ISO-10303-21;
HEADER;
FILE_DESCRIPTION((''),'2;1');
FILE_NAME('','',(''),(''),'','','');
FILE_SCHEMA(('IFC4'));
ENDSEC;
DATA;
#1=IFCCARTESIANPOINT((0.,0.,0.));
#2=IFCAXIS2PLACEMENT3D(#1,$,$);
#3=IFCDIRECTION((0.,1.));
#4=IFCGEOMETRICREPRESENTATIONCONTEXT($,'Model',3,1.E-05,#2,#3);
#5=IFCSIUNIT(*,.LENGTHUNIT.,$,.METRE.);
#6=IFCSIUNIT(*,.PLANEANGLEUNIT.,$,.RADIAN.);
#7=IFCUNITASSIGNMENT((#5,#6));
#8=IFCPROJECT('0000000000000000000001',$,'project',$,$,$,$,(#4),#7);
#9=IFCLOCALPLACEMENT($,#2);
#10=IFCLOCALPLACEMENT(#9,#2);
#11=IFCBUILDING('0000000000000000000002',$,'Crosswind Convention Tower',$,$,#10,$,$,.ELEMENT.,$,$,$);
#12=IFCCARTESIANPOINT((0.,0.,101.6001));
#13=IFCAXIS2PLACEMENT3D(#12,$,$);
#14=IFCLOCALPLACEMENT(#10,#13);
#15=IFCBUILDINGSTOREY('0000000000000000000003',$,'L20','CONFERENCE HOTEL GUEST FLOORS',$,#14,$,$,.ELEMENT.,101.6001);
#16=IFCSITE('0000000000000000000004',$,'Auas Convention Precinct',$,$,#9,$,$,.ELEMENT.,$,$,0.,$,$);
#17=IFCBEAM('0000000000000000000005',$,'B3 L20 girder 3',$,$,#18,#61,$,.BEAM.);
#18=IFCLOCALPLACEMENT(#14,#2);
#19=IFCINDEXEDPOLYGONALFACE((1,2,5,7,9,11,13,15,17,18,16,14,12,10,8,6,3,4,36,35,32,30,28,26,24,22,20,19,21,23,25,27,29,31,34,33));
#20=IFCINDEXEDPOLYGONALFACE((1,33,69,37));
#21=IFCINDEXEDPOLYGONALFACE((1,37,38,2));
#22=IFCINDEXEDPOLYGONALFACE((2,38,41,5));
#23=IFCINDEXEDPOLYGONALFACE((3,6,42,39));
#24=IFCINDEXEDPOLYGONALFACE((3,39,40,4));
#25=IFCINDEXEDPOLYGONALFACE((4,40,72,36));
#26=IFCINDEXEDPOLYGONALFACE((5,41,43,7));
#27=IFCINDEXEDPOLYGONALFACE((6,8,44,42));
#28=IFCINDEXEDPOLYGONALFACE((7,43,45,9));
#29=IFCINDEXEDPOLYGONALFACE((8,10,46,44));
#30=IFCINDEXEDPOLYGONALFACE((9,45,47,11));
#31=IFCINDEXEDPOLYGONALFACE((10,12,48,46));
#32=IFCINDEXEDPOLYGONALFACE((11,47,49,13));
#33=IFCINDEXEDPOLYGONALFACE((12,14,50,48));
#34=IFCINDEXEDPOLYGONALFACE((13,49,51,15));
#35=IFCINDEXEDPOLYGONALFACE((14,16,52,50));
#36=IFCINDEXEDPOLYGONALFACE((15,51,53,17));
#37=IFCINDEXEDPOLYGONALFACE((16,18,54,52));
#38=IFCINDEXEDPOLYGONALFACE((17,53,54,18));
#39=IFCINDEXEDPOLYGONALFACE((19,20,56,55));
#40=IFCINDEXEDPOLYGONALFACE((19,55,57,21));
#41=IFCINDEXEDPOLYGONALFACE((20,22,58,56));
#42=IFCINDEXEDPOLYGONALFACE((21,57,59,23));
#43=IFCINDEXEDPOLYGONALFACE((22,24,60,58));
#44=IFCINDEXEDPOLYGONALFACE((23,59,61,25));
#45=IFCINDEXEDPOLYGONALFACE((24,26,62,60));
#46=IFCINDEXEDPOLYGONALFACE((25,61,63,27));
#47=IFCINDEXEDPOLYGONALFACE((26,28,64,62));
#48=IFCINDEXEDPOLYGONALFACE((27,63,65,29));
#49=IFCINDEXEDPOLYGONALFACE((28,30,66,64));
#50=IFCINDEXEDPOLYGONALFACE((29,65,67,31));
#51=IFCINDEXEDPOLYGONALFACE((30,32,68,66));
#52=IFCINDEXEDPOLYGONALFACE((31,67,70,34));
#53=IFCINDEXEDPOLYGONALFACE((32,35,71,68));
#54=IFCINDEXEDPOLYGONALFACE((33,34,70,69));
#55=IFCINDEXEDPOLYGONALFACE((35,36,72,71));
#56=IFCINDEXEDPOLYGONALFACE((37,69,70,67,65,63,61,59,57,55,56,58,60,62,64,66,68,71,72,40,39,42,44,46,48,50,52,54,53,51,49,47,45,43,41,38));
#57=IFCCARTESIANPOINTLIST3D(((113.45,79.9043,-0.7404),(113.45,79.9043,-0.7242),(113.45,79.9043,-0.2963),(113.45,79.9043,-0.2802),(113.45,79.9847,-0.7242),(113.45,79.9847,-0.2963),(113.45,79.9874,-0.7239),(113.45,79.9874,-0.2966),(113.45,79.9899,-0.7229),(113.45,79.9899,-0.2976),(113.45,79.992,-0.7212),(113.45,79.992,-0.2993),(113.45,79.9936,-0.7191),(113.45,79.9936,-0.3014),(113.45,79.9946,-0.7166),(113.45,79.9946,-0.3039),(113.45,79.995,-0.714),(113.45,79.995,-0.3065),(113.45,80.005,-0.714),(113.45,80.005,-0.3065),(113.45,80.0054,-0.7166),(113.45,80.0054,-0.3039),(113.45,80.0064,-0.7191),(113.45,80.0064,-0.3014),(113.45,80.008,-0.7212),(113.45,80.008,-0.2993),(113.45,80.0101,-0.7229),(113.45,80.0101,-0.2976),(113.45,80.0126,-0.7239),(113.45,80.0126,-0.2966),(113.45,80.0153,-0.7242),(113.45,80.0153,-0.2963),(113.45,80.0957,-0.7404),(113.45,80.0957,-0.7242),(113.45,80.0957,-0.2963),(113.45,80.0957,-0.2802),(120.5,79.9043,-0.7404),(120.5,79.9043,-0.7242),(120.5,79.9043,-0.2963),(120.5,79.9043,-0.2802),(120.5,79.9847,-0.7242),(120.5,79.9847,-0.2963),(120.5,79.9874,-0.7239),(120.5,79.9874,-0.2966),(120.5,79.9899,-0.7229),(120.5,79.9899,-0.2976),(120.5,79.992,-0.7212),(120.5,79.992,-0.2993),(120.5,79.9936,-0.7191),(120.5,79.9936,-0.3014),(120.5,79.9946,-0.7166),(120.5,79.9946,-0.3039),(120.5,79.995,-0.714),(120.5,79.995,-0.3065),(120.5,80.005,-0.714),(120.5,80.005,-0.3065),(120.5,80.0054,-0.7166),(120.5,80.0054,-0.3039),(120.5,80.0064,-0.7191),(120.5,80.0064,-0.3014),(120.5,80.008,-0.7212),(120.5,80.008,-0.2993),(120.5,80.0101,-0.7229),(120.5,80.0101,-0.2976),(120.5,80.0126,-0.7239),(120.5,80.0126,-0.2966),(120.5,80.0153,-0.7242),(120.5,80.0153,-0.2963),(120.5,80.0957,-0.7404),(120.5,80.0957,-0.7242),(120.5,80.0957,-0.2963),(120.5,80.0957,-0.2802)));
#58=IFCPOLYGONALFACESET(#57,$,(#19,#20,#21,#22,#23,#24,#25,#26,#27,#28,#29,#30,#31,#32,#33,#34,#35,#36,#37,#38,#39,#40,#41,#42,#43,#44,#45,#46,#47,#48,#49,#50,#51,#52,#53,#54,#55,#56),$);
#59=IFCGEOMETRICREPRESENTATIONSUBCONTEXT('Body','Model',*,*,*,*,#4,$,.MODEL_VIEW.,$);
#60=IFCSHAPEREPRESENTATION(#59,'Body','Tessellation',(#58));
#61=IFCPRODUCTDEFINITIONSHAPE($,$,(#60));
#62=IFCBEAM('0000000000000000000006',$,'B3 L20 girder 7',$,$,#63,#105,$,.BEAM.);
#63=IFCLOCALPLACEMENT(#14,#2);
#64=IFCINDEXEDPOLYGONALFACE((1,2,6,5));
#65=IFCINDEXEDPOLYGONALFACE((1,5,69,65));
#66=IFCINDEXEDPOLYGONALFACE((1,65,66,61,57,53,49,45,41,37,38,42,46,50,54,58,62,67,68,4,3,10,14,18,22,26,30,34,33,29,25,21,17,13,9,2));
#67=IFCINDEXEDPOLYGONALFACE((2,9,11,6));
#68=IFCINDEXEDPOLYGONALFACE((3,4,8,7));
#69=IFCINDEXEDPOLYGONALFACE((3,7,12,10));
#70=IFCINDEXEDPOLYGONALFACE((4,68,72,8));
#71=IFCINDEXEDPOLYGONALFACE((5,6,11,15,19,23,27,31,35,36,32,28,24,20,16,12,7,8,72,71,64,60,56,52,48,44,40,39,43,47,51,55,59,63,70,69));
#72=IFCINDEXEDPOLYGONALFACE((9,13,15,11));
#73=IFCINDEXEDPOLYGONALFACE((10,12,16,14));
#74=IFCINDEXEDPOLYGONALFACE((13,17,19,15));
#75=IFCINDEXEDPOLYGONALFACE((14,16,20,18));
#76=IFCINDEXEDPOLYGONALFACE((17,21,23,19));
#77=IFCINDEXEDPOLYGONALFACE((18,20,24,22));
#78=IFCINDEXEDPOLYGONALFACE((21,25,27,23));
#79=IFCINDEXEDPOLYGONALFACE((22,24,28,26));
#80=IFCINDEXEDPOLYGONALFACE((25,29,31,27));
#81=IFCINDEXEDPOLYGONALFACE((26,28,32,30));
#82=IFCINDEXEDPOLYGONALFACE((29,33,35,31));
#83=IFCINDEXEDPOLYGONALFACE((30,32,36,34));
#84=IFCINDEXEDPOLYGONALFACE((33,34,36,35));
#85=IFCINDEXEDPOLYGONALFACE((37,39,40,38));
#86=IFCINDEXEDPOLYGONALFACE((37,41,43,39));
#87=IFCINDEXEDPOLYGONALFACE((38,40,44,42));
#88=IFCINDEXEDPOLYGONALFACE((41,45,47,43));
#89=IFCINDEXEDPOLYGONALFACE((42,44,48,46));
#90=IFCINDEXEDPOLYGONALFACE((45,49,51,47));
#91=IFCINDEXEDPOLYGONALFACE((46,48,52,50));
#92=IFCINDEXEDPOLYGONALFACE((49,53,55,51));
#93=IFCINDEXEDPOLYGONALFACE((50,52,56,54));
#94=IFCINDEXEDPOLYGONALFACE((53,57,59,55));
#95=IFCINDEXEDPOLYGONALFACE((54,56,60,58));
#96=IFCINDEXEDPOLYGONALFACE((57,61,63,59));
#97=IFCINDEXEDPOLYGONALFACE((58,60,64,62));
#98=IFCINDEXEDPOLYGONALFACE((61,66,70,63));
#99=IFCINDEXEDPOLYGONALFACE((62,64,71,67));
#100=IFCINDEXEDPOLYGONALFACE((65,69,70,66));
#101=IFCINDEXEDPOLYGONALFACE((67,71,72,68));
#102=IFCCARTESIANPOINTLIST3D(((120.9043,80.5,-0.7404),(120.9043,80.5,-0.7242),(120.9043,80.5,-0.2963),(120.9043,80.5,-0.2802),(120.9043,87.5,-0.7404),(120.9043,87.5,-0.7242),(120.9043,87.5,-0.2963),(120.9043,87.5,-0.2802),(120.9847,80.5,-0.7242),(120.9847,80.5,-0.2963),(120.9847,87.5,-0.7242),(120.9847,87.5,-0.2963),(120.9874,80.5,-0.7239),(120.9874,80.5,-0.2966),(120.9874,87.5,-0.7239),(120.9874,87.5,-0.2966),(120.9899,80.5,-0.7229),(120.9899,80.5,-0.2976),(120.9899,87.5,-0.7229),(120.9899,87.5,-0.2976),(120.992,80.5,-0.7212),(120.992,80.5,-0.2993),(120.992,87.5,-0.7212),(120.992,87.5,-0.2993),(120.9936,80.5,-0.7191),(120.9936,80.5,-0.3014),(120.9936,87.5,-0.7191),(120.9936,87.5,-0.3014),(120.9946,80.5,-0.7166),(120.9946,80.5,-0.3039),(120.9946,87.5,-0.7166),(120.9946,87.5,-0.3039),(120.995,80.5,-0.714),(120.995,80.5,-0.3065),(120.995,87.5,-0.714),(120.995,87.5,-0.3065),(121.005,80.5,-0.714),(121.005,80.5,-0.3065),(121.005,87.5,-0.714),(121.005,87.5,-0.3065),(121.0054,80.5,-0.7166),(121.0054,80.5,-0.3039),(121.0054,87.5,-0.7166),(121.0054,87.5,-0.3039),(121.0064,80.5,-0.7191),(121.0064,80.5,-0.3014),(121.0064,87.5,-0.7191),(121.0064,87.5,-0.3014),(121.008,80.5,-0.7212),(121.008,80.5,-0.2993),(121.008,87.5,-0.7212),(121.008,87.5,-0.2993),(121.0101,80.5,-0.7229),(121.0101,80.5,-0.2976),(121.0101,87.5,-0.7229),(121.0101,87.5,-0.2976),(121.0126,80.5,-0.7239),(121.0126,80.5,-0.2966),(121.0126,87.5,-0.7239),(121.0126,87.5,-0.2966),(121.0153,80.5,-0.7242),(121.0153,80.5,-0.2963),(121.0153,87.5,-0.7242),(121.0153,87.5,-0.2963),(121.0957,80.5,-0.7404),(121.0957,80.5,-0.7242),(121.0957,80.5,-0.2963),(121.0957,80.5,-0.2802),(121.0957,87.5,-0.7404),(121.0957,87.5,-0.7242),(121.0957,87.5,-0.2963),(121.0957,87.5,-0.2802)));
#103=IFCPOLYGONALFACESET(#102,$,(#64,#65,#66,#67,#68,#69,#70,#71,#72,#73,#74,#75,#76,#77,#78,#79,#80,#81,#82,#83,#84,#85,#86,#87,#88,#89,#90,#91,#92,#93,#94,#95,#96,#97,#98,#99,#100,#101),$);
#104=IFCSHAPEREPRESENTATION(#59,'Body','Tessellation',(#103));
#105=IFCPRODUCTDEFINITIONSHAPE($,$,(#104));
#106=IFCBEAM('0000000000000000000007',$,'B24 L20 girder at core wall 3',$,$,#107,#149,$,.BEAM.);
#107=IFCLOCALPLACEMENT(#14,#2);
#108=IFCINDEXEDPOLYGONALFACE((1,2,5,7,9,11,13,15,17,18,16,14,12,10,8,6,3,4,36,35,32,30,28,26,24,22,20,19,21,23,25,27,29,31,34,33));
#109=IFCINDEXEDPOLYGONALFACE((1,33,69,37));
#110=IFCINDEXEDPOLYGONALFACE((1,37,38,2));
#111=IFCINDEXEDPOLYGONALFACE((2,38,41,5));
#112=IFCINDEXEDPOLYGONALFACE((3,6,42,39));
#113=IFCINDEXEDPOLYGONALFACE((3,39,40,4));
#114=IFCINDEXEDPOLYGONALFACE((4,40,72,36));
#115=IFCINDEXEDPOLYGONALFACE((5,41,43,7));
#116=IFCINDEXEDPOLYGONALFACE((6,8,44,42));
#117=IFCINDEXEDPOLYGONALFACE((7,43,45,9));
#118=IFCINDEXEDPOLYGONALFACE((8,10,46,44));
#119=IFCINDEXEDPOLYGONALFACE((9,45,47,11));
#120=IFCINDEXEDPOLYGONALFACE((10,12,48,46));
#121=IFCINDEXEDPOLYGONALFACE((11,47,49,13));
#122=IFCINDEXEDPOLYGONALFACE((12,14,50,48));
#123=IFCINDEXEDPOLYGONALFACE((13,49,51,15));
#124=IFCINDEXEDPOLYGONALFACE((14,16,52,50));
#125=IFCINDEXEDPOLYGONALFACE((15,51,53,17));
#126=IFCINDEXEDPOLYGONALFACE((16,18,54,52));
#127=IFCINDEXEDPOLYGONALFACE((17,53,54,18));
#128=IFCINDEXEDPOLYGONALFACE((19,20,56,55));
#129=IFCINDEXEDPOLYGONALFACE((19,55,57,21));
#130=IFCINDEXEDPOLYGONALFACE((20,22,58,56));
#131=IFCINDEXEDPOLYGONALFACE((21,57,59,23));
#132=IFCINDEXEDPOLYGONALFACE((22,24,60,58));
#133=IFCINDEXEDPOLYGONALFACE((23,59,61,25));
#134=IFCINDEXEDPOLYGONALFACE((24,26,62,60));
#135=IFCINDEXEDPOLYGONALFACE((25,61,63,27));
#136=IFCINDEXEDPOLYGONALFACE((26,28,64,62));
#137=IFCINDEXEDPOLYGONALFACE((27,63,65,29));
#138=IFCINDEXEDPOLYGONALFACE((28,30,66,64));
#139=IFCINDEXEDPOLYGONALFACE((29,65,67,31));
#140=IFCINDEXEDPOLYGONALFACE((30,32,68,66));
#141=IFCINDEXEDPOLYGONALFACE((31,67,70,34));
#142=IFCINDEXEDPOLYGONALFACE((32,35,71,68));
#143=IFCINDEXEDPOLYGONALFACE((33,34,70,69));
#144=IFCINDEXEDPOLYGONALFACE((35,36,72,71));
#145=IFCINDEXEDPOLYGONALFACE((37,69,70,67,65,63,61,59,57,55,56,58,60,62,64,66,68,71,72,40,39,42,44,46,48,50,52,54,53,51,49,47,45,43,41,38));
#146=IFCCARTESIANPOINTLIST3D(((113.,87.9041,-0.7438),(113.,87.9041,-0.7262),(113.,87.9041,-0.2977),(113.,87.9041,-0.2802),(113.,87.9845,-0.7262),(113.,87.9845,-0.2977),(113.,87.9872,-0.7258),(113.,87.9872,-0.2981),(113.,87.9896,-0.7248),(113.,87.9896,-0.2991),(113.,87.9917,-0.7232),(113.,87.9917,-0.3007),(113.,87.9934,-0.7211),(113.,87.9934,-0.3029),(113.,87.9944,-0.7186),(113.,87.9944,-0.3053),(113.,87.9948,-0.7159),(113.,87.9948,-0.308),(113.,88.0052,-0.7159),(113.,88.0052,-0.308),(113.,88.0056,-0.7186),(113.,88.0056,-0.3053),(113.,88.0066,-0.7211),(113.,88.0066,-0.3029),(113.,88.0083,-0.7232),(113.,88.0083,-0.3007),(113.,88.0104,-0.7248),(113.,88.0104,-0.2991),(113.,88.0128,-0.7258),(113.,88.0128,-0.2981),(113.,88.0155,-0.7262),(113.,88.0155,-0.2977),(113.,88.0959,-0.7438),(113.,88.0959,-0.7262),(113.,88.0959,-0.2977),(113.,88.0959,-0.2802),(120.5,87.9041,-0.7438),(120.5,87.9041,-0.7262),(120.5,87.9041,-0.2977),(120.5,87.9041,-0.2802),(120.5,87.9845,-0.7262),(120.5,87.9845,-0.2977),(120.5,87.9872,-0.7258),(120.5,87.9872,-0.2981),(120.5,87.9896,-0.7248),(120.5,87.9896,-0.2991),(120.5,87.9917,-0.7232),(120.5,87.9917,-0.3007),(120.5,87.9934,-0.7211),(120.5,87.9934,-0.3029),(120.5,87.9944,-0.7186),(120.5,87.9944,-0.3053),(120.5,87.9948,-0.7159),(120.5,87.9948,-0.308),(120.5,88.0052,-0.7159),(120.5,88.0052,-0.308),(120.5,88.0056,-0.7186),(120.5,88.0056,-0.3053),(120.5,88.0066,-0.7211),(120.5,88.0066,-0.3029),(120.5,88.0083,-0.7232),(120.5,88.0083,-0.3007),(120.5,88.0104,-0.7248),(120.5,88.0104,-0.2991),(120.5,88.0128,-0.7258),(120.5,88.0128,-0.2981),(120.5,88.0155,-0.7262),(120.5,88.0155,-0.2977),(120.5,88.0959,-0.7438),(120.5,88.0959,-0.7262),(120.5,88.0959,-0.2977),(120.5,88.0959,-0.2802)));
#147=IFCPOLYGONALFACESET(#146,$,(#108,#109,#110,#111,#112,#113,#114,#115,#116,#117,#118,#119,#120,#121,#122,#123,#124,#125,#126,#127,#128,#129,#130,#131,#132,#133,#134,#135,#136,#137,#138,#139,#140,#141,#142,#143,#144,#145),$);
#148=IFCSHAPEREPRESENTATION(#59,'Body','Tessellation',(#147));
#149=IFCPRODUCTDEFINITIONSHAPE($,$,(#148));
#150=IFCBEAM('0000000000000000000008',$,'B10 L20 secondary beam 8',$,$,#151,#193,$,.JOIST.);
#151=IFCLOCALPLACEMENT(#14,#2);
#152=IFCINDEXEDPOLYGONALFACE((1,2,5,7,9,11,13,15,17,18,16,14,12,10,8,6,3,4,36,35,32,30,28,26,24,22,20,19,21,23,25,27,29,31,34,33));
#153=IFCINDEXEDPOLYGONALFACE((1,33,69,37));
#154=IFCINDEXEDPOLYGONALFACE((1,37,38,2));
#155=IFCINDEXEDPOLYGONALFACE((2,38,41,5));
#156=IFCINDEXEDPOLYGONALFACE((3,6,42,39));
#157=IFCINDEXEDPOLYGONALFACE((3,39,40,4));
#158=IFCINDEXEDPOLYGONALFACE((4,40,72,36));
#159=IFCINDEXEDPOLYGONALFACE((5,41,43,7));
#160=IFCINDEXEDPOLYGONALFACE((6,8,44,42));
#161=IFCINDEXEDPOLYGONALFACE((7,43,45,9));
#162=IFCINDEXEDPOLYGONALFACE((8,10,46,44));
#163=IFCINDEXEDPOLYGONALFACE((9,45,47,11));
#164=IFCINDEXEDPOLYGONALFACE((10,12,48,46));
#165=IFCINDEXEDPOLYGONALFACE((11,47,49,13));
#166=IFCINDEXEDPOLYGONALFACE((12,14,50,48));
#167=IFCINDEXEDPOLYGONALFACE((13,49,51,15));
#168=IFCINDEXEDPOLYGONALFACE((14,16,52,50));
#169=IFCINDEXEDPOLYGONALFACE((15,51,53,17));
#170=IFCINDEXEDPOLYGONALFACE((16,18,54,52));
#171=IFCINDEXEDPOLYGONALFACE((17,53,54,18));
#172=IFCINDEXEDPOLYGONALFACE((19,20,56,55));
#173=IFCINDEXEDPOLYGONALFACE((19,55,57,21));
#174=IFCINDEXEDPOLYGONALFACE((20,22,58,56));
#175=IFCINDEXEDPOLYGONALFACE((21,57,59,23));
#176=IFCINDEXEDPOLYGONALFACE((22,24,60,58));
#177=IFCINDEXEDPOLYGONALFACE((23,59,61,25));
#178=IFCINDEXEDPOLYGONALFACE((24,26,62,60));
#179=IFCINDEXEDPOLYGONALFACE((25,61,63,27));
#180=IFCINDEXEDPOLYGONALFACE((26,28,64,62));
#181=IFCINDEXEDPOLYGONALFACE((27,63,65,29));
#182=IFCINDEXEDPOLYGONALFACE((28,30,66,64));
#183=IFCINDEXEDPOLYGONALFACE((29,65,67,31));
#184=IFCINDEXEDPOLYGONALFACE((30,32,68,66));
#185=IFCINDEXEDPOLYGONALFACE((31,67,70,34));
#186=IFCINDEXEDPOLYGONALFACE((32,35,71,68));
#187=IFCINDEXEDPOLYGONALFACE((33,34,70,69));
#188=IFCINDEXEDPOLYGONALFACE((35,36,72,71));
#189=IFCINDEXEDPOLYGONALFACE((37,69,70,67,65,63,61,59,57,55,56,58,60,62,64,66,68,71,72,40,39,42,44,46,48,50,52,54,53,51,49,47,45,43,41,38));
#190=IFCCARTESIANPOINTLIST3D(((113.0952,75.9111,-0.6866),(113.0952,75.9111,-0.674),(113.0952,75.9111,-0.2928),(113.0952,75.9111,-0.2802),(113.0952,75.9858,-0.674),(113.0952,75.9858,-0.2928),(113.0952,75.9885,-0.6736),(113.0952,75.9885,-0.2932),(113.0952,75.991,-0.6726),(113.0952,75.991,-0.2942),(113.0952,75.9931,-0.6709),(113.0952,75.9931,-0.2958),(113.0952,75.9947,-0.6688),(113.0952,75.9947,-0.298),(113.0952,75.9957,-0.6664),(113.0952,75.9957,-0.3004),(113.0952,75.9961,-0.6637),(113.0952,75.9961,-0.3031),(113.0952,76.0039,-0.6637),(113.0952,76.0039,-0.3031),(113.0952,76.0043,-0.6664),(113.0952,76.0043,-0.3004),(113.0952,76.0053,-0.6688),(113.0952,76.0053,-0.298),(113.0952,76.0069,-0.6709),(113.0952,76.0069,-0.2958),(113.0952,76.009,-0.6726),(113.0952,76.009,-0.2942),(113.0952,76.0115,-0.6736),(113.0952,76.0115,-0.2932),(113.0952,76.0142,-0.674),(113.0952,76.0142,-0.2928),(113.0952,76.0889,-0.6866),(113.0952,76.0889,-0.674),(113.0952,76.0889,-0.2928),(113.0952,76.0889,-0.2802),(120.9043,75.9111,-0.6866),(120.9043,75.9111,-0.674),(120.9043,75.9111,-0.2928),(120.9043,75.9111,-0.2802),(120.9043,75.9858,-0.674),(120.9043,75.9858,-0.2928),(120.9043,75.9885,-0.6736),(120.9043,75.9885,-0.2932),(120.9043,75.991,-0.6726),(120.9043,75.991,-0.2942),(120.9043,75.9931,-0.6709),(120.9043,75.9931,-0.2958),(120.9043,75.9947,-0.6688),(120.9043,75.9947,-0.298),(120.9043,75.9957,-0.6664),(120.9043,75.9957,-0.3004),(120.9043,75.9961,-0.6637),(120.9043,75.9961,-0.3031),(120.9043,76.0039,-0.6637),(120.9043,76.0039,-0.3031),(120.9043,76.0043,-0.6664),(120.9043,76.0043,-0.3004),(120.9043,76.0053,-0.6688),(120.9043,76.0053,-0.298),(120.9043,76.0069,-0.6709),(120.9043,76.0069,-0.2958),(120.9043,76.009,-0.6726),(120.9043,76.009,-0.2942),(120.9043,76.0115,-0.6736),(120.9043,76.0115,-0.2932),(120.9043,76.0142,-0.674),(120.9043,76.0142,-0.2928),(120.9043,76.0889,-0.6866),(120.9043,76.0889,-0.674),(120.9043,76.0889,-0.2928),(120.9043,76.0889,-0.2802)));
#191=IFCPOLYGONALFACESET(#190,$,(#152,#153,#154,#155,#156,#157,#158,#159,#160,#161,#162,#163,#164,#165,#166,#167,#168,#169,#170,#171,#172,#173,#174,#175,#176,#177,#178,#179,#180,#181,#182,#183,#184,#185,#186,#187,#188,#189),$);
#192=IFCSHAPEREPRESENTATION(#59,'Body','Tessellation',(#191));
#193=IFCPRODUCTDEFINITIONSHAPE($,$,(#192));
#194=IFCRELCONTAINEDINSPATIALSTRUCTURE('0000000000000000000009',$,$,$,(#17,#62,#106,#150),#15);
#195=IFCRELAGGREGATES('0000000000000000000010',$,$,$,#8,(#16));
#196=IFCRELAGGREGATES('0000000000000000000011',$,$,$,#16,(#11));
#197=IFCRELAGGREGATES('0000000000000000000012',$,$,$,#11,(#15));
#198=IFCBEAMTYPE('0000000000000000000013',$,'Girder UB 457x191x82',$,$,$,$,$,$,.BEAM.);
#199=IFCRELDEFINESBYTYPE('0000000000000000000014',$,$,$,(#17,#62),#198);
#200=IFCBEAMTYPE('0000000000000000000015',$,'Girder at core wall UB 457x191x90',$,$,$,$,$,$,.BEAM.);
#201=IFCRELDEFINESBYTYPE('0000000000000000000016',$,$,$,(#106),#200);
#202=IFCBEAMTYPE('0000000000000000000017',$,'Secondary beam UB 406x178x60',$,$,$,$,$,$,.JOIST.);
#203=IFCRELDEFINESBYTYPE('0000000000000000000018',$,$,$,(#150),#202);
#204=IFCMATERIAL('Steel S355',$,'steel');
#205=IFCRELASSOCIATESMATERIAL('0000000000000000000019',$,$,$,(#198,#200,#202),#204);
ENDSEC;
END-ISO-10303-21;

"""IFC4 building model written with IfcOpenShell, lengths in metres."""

from ifc_helpers import new_model, si_unit, direction, frame, origin, origin_2d, place, context, subcontext, project, spatial, i_section, extrude, material, material_profile, profile_set, type_object, element, save


model = new_model("IFC4")

# Units and contexts
model_context = context("Model", 3, precision=1e-05, world=origin(), true_north=direction((0.0, 1.0)))
body_context = subcontext(model_context, "Body", "Model", "MODEL_VIEW")
ifc_project = project(units=[si_unit("LENGTHUNIT", "METRE"), si_unit("PLANEANGLEUNIT", "RADIAN")], contexts=[model_context])

# Site, building, storey
site_placement = place(None, origin())
site = spatial("IfcSite", under=ifc_project, at=site_placement, Name="Auas Convention Precinct", CompositionType="ELEMENT", RefElevation=0.0)
building_placement = place(site_placement, origin())
building = spatial("IfcBuilding", under=site, at=building_placement, Name="Crosswind Convention Tower", CompositionType="ELEMENT")
storey_placement = place(building_placement, frame((0.0, 0.0, 101.6001)))
storey = spatial("IfcBuildingStorey", under=building, at=storey_placement, Name="L20", Description="CONFERENCE HOTEL GUEST FLOORS", CompositionType="ELEMENT", Elevation=101.6001)

# Beams
ifc_material_1 = material(Name="Steel S355", Category="steel")
ifc_material_profile_1 = material_profile(ifc_material_1, i_section(OverallWidth=0.1914, OverallDepth=0.4602, WebThickness=0.01, FlangeThickness=0.0161, FilletRadius=0.0103, at=origin_2d()), Name="UB 457x191x82")
ifc_profile_set_1 = profile_set([ifc_material_profile_1], Name="Steel S355")
beam_type_1 = type_object("IfcBeamType", Name="Girder UB 457x191x82", PredefinedType="BEAM", material=ifc_profile_set_1)
beam_1_placement = place(storey_placement, frame((113.45, 80.0, -0.5103), z_axis=(1.0, 0.0, 0.0), x_axis=(0.0, 1.0, 0.0)))
element("IfcBeam", 1, at=beam_1_placement, inside=storey, type_object=beam_type_1, Name="B3 L20 girder 3", PredefinedType="BEAM", context=body_context, shape_type="SweptSolid", body=[
    extrude(i_section(OverallWidth=0.1914, OverallDepth=0.4602, WebThickness=0.01, FlangeThickness=0.0161, FilletRadius=0.0103, at=origin_2d()), origin(), (0.0, 0.0, 1.0), 7.05),
])
beam_2_placement = place(storey_placement, frame((121.0, 80.5, -0.5103), z_axis=(0.0, 1.0, 0.0), x_axis=(-1.0, 0.0, 0.0)))
element("IfcBeam", 2, at=beam_2_placement, inside=storey, type_object=beam_type_1, Name="B3 L20 girder 7", PredefinedType="BEAM", context=body_context, shape_type="SweptSolid", body=[
    extrude(i_section(OverallWidth=0.1914, OverallDepth=0.4602, WebThickness=0.01, FlangeThickness=0.0161, FilletRadius=0.0103, at=origin_2d()), origin(), (0.0, 0.0, 1.0), 7.0),
])
ifc_material_profile_2 = material_profile(ifc_material_1, i_section(OverallWidth=0.1919, OverallDepth=0.4636, WebThickness=0.0105, FlangeThickness=0.0176, FilletRadius=0.0103, at=origin_2d()), Name="UB 457x191x90")
ifc_profile_set_2 = profile_set([ifc_material_profile_2], Name="Steel S355")
beam_type_2 = type_object("IfcBeamType", Name="Girder at core wall UB 457x191x90", PredefinedType="BEAM", material=ifc_profile_set_2)
beam_3_placement = place(storey_placement, frame((113.0, 88.0, -0.512), z_axis=(1.0, 0.0, 0.0), x_axis=(0.0, 1.0, 0.0)))
element("IfcBeam", 3, at=beam_3_placement, inside=storey, type_object=beam_type_2, Name="B24 L20 girder at core wall 3", PredefinedType="BEAM", context=body_context, shape_type="SweptSolid", body=[
    extrude(i_section(OverallWidth=0.1919, OverallDepth=0.4636, WebThickness=0.0105, FlangeThickness=0.0176, FilletRadius=0.0103, at=origin_2d()), origin(), (0.0, 0.0, 1.0), 7.5),
])
ifc_material_profile_3 = material_profile(ifc_material_1, i_section(OverallWidth=0.1777, OverallDepth=0.4065, WebThickness=0.0078, FlangeThickness=0.0127, FilletRadius=0.0103, at=origin_2d()), Name="UB 406x178x60")
ifc_profile_set_3 = profile_set([ifc_material_profile_3], Name="Steel S355")
beam_type_3 = type_object("IfcBeamType", Name="Secondary beam UB 406x178x60", PredefinedType="JOIST", material=ifc_profile_set_3)
for number, where, z_axis, x_axis, name in (
    (4, (113.0952, 76.0, -0.4834), (1.0, 0.0, 0.0), (0.0, 1.0, 0.0), "B10 L20 secondary beam 8"),
):
    element("IfcBeam", number, at=place(storey_placement, frame(where, z_axis=z_axis, x_axis=x_axis)), inside=storey, type_object=beam_type_3, Name=name, PredefinedType="JOIST", context=body_context, shape_type="SweptSolid", body=[
        extrude(i_section(OverallWidth=0.1777, OverallDepth=0.4065, WebThickness=0.0078, FlangeThickness=0.0127, FilletRadius=0.0103, at=origin_2d()), origin(), (0.0, 0.0, 1.0), 7.8091),
    ])

save(model, "model.ifc")
